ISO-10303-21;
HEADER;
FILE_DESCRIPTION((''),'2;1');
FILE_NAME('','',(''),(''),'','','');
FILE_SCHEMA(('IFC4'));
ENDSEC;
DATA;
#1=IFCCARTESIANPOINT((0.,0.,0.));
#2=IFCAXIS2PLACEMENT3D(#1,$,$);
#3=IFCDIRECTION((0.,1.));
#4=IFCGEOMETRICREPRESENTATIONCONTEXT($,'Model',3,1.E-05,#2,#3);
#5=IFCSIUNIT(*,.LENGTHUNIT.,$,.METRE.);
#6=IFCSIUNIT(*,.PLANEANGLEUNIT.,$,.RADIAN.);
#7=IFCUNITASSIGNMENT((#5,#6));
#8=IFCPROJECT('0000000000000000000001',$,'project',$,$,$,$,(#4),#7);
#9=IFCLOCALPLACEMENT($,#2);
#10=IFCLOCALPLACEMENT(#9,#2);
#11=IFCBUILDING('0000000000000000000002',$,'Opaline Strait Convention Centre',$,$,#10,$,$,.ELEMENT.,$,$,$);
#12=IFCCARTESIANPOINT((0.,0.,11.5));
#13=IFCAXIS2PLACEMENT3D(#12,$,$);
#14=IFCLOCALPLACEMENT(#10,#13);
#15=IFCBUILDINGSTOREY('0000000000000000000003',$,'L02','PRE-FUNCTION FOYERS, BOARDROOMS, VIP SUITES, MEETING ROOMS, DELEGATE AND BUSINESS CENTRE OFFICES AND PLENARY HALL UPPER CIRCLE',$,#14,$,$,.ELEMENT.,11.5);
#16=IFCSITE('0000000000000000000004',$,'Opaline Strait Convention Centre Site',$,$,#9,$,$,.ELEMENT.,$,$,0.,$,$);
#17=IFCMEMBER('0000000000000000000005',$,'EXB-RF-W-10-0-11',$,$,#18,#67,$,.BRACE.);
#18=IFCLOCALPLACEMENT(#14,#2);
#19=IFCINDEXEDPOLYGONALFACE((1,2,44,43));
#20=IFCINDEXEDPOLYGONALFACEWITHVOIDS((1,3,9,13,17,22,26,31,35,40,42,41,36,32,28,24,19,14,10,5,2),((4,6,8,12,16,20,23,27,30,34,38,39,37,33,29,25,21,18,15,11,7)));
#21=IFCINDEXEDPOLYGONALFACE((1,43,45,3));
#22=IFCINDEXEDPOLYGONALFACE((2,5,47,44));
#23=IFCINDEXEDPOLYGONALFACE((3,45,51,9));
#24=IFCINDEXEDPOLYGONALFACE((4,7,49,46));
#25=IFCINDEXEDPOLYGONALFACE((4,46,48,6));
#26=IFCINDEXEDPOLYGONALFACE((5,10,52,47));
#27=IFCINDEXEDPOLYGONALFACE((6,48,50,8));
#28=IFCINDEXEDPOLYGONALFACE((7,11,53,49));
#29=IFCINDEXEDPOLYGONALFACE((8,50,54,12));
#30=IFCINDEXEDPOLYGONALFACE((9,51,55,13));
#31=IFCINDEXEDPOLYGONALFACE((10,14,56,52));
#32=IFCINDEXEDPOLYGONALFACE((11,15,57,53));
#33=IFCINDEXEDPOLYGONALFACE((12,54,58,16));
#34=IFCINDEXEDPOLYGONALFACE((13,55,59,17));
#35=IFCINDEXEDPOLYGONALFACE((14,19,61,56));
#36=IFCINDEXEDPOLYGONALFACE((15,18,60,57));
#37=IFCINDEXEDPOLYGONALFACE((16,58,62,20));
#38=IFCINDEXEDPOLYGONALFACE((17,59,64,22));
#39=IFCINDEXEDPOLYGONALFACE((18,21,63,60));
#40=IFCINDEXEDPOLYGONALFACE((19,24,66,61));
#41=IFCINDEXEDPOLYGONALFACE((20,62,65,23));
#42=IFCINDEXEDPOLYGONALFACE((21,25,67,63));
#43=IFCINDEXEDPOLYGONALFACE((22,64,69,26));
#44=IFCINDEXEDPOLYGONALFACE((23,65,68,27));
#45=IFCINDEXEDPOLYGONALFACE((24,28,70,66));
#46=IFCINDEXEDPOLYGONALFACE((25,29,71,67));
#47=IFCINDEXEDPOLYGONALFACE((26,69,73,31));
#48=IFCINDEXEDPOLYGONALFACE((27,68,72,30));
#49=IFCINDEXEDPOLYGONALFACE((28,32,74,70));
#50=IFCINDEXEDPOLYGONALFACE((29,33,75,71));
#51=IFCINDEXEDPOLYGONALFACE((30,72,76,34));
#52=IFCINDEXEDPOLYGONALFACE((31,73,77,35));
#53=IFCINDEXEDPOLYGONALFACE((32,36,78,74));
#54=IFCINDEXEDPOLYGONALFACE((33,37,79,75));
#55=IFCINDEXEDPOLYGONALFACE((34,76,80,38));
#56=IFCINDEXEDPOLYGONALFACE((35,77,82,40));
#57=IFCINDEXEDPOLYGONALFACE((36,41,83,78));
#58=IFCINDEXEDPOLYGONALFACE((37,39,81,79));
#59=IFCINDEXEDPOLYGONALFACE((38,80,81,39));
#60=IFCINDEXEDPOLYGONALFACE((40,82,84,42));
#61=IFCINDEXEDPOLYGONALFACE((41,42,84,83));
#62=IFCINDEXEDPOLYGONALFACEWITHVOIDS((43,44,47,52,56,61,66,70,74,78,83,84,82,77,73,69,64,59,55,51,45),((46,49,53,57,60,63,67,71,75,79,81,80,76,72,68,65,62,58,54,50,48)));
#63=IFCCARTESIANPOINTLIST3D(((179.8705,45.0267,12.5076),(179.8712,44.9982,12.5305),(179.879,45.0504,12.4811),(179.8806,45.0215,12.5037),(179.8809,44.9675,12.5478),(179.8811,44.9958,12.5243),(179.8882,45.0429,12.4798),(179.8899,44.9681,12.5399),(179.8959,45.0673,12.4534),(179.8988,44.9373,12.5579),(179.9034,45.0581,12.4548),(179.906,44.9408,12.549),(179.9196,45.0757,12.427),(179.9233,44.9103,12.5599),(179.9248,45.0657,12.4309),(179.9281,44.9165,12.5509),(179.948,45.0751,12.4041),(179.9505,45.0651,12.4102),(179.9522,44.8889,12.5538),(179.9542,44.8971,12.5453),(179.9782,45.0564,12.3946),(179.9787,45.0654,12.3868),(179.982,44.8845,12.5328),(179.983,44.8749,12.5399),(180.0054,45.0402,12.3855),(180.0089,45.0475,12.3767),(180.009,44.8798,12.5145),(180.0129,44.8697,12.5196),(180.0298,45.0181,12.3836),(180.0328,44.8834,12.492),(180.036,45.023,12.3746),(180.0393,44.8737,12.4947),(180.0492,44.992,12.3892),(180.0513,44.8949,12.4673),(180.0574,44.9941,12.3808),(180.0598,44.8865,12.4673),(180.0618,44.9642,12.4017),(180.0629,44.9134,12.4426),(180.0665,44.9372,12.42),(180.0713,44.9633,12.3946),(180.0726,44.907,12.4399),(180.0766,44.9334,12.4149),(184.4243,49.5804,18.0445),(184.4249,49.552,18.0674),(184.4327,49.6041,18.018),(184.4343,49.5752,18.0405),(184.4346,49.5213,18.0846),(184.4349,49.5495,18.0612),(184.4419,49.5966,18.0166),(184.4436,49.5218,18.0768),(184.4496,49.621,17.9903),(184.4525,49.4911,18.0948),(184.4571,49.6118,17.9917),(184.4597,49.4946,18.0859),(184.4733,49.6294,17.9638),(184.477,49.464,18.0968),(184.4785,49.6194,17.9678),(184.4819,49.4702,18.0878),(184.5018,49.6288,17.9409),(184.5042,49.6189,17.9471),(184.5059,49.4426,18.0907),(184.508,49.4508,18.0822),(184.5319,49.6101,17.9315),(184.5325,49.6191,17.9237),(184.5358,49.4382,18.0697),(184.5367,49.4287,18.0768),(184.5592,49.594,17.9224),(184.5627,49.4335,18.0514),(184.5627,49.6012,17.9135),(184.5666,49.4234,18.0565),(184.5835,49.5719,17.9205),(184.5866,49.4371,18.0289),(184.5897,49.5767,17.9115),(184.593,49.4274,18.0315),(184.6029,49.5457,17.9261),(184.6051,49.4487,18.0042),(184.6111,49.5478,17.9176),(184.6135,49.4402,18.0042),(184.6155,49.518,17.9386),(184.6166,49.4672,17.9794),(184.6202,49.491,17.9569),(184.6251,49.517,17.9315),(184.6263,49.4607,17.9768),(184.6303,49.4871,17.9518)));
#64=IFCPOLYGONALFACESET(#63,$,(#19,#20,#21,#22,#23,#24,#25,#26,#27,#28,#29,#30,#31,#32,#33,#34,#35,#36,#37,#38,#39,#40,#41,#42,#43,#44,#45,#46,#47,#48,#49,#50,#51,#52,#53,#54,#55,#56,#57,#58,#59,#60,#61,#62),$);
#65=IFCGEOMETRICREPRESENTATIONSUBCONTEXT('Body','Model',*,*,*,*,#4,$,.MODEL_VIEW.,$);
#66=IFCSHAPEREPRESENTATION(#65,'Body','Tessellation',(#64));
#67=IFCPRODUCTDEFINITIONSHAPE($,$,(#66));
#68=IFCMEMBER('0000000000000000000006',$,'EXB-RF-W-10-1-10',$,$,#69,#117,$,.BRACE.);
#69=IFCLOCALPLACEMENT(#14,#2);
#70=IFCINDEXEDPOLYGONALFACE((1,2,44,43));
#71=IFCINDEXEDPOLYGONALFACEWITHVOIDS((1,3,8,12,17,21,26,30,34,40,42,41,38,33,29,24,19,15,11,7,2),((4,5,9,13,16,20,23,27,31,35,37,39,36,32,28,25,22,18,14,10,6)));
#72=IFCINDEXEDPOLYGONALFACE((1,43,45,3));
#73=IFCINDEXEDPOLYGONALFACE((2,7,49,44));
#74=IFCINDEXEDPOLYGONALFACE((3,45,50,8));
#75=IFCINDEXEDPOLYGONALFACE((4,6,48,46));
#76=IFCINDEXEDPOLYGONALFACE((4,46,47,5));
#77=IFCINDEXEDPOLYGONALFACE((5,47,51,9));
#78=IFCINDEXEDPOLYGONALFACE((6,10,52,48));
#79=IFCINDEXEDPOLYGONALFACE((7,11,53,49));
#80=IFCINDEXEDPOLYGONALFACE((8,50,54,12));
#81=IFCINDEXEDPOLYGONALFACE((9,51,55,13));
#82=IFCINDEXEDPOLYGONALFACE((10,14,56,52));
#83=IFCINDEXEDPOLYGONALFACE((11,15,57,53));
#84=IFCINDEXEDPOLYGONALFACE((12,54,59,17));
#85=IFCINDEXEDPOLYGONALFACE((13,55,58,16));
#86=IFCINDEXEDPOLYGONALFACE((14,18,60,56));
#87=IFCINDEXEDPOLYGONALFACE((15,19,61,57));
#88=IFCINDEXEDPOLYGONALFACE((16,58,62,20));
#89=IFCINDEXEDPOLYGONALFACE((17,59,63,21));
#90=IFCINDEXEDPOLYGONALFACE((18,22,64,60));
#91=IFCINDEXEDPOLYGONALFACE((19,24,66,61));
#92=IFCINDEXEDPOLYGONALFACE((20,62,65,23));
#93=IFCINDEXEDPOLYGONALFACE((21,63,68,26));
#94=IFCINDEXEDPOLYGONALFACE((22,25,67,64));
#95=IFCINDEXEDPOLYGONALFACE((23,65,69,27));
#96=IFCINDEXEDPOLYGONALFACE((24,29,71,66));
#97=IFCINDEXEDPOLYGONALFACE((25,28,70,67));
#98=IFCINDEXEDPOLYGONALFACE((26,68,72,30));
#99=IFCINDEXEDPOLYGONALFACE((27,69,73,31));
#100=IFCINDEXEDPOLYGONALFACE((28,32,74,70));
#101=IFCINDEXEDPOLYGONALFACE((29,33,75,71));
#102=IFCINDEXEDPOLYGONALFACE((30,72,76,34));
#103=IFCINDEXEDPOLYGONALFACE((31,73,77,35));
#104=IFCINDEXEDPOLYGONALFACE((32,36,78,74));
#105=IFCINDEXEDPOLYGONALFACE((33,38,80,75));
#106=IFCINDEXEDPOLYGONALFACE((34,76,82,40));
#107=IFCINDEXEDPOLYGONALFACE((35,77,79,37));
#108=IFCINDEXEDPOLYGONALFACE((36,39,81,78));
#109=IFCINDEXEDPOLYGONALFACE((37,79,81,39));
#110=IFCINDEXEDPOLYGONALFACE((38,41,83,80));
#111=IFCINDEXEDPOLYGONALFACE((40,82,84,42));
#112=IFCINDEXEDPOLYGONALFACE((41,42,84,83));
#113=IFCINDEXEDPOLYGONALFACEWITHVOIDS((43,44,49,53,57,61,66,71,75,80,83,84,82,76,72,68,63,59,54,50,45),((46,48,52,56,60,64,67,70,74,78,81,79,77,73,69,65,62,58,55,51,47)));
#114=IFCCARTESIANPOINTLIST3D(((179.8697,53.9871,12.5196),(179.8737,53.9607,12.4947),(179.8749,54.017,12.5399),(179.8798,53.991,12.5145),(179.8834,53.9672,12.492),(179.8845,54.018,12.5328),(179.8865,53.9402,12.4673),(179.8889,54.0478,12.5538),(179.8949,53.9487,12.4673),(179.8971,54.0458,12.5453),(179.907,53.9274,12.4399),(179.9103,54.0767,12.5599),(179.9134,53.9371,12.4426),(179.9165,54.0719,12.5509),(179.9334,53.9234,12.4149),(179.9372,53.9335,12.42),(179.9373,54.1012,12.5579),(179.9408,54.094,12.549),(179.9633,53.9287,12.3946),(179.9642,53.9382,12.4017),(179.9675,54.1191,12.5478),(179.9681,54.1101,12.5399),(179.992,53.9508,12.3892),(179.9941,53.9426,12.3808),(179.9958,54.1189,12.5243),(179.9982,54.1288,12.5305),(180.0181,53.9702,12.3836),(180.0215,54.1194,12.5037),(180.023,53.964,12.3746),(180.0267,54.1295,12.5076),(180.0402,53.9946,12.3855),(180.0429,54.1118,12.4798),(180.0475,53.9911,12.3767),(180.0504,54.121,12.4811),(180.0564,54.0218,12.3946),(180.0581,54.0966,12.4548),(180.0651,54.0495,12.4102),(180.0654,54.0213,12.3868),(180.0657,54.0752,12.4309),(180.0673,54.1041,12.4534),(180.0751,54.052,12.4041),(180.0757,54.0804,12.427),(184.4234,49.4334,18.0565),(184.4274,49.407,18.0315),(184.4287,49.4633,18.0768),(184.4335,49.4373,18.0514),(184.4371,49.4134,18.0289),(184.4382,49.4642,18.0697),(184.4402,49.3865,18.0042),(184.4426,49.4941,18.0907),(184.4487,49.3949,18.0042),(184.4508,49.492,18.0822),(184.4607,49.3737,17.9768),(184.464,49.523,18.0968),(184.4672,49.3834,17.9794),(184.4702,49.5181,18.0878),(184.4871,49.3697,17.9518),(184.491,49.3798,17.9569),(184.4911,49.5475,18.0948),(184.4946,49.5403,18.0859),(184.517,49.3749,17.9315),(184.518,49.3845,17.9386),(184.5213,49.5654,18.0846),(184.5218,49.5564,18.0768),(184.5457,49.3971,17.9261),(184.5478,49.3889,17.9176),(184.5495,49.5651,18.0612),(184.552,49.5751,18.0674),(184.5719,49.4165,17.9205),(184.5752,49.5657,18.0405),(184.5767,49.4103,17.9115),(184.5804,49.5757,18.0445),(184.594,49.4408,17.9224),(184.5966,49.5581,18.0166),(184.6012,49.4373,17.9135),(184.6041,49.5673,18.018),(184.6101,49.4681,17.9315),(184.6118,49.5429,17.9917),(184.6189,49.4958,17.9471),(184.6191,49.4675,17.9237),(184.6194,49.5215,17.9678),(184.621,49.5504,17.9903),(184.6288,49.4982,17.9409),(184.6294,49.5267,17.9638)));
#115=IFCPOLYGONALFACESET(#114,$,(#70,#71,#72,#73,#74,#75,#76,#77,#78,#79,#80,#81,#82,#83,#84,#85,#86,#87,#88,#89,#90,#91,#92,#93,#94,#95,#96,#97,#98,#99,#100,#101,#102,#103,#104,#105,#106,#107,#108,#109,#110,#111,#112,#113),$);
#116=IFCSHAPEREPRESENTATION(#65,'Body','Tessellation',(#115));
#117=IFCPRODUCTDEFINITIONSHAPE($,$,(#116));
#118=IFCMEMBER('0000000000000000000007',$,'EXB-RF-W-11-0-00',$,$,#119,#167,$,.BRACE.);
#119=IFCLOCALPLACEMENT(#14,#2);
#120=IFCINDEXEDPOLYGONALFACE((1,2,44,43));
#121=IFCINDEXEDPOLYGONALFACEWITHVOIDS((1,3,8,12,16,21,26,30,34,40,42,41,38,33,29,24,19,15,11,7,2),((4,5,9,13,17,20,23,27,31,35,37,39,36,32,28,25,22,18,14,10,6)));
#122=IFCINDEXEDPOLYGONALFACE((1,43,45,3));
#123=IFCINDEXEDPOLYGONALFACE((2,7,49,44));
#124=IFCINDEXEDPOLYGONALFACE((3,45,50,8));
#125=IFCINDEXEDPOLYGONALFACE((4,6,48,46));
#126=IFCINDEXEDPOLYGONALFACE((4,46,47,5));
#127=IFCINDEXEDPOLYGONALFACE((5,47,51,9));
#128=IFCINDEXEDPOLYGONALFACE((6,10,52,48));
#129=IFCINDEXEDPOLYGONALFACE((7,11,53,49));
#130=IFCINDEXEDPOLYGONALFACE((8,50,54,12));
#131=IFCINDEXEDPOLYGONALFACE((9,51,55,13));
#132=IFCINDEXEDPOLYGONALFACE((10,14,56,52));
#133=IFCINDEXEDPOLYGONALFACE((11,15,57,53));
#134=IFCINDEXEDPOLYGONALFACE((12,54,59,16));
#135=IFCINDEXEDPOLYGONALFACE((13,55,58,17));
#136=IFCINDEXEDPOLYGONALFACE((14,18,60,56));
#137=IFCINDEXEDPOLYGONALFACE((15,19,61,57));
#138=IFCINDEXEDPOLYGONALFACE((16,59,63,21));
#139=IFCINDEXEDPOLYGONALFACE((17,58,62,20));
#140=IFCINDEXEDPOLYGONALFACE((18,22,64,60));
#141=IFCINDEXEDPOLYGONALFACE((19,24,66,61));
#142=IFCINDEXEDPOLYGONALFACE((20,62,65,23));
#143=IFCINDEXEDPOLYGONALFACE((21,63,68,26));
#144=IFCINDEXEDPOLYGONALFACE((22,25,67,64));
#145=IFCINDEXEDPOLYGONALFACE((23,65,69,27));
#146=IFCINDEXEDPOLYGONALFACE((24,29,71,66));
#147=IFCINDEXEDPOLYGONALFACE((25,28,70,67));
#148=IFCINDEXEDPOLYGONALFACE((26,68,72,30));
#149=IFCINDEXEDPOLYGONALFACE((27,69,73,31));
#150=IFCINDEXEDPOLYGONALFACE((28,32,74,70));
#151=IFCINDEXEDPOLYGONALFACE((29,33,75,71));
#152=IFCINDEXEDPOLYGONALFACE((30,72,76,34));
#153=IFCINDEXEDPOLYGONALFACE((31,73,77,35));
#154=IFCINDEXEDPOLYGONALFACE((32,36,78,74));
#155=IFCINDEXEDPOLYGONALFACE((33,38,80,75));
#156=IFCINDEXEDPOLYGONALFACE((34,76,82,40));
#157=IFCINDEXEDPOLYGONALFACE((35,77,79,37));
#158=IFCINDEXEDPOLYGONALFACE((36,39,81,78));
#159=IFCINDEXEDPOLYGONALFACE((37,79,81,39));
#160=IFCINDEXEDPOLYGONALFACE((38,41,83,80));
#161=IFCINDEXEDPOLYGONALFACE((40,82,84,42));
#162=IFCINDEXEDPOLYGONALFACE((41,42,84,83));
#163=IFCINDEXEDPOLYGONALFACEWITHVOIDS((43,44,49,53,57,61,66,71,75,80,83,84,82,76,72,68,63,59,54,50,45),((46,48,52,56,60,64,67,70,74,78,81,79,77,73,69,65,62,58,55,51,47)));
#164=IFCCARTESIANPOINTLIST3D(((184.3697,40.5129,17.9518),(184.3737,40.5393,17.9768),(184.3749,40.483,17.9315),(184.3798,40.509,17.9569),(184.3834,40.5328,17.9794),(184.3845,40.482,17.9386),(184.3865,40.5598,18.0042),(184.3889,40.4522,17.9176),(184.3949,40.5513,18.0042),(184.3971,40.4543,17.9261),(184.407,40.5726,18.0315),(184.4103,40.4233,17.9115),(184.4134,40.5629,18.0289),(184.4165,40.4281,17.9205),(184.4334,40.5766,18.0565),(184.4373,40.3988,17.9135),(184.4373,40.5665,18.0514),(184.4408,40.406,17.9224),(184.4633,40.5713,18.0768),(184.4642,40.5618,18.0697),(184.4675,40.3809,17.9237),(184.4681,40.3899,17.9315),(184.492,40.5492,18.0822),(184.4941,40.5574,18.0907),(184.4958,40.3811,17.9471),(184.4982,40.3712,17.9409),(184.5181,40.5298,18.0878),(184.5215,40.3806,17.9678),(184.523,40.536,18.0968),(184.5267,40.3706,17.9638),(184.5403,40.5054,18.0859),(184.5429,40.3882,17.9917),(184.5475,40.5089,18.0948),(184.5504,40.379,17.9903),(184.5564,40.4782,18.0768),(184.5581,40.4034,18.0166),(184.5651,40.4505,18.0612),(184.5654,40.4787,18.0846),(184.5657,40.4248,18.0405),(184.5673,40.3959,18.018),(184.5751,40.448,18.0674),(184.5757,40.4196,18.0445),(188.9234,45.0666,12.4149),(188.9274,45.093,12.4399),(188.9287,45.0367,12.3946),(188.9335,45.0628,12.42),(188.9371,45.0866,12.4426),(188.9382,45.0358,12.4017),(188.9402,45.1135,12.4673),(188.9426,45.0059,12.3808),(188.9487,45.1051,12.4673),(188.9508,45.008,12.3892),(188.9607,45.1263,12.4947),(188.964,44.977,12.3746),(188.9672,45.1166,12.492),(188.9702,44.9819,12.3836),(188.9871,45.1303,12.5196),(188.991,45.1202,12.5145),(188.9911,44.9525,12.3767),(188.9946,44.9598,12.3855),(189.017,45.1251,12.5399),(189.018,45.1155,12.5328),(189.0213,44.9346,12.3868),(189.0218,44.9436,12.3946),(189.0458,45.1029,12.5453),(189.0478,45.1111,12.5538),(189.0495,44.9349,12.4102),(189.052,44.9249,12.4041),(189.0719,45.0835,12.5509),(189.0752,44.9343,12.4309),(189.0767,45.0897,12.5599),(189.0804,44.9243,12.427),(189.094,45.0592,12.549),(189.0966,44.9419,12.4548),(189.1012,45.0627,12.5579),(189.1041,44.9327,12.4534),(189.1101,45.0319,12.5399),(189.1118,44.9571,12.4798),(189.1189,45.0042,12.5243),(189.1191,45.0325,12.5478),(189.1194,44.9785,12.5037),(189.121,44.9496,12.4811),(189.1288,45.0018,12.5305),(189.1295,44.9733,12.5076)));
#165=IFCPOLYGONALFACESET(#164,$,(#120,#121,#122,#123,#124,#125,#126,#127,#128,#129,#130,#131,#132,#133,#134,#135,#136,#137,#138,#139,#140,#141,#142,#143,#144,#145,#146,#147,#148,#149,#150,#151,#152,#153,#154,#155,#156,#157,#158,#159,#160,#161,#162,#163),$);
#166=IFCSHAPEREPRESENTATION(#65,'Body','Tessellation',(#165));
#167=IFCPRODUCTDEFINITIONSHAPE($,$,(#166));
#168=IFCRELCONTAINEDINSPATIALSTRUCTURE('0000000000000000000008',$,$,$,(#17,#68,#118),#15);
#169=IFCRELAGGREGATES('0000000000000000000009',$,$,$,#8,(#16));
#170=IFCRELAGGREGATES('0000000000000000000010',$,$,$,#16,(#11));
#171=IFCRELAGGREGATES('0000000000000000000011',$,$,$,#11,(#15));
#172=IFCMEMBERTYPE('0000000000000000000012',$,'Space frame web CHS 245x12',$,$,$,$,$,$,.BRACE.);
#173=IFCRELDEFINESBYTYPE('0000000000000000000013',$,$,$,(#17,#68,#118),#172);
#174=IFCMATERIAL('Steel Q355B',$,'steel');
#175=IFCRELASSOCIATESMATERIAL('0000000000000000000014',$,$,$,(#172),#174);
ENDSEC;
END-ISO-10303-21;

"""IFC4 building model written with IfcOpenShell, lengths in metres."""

from ifc_helpers import new_model, si_unit, direction, frame, origin, origin_2d, place, context, subcontext, project, spatial, hollow_circle, extrude, material, material_profile, profile_set, type_object, element, save


model = new_model("IFC4")

# Units and contexts
model_context = context("Model", 3, precision=1e-05, world=origin(), true_north=direction((0.0, 1.0)))
body_context = subcontext(model_context, "Body", "Model", "MODEL_VIEW")
ifc_project = project(units=[si_unit("LENGTHUNIT", "METRE"), si_unit("PLANEANGLEUNIT", "RADIAN")], contexts=[model_context])

# Site, building, storey
site_placement = place(None, origin())
site = spatial("IfcSite", under=ifc_project, at=site_placement, Name="Opaline Strait Convention Centre Site", CompositionType="ELEMENT", RefElevation=0.0)
building_placement = place(site_placement, origin())
building = spatial("IfcBuilding", under=site, at=building_placement, Name="Opaline Strait Convention Centre", CompositionType="ELEMENT")
storey_placement = place(building_placement, frame((0.0, 0.0, 11.5)))
storey = spatial("IfcBuildingStorey", under=building, at=storey_placement, Name="L02", Description="PRE-FUNCTION FOYERS, BOARDROOMS, VIP SUITES, MEETING ROOMS, DELEGATE AND BUSINESS CENTRE OFFICES AND PLENARY HALL UPPER CIRCLE", CompositionType="ELEMENT", Elevation=11.5)

# Members
ifc_material_1 = material(Name="Steel Q355B", Category="steel")
ifc_material_profile_1 = material_profile(ifc_material_1, hollow_circle(Radius=0.1226, WallThickness=0.012, at=origin_2d()), Name="CHS 245x12")
ifc_profile_set_1 = profile_set([ifc_material_profile_1], Name="Steel Q355B")
member_type_1 = type_object("IfcMemberType", Name="Space frame web CHS 245x12", PredefinedType="BRACE", material=ifc_profile_set_1)
for number, where, z_axis, x_axis, name in (
    (1, (184.5269, 49.5269, 18.0042), (-0.536178, -0.536178, -0.65194), (0.707107, -0.707107, 0.0), "EXB-RF-W-10-0-11"),
    (2, (184.5269, 49.4731, 18.0042), (-0.536178, 0.536178, -0.65194), (-0.707107, -0.707107, 0.0), "EXB-RF-W-10-1-10"),
    (3, (184.4731, 40.4731, 18.0042), (0.536178, 0.536178, -0.65194), (-0.707107, 0.707107, 0.0), "EXB-RF-W-11-0-00"),
):
    element("IfcMember", number, at=place(storey_placement, frame(where, z_axis=z_axis, x_axis=x_axis)), inside=storey, type_object=member_type_1, Name=name, PredefinedType="BRACE", context=body_context, shape_type="SweptSolid", body=[
        extrude(hollow_circle(Radius=0.1226, WallThickness=0.012, at=origin_2d()), origin(), (0.0, 0.0, 1.0), 8.4929),
    ])

save(model, "model.ifc")
